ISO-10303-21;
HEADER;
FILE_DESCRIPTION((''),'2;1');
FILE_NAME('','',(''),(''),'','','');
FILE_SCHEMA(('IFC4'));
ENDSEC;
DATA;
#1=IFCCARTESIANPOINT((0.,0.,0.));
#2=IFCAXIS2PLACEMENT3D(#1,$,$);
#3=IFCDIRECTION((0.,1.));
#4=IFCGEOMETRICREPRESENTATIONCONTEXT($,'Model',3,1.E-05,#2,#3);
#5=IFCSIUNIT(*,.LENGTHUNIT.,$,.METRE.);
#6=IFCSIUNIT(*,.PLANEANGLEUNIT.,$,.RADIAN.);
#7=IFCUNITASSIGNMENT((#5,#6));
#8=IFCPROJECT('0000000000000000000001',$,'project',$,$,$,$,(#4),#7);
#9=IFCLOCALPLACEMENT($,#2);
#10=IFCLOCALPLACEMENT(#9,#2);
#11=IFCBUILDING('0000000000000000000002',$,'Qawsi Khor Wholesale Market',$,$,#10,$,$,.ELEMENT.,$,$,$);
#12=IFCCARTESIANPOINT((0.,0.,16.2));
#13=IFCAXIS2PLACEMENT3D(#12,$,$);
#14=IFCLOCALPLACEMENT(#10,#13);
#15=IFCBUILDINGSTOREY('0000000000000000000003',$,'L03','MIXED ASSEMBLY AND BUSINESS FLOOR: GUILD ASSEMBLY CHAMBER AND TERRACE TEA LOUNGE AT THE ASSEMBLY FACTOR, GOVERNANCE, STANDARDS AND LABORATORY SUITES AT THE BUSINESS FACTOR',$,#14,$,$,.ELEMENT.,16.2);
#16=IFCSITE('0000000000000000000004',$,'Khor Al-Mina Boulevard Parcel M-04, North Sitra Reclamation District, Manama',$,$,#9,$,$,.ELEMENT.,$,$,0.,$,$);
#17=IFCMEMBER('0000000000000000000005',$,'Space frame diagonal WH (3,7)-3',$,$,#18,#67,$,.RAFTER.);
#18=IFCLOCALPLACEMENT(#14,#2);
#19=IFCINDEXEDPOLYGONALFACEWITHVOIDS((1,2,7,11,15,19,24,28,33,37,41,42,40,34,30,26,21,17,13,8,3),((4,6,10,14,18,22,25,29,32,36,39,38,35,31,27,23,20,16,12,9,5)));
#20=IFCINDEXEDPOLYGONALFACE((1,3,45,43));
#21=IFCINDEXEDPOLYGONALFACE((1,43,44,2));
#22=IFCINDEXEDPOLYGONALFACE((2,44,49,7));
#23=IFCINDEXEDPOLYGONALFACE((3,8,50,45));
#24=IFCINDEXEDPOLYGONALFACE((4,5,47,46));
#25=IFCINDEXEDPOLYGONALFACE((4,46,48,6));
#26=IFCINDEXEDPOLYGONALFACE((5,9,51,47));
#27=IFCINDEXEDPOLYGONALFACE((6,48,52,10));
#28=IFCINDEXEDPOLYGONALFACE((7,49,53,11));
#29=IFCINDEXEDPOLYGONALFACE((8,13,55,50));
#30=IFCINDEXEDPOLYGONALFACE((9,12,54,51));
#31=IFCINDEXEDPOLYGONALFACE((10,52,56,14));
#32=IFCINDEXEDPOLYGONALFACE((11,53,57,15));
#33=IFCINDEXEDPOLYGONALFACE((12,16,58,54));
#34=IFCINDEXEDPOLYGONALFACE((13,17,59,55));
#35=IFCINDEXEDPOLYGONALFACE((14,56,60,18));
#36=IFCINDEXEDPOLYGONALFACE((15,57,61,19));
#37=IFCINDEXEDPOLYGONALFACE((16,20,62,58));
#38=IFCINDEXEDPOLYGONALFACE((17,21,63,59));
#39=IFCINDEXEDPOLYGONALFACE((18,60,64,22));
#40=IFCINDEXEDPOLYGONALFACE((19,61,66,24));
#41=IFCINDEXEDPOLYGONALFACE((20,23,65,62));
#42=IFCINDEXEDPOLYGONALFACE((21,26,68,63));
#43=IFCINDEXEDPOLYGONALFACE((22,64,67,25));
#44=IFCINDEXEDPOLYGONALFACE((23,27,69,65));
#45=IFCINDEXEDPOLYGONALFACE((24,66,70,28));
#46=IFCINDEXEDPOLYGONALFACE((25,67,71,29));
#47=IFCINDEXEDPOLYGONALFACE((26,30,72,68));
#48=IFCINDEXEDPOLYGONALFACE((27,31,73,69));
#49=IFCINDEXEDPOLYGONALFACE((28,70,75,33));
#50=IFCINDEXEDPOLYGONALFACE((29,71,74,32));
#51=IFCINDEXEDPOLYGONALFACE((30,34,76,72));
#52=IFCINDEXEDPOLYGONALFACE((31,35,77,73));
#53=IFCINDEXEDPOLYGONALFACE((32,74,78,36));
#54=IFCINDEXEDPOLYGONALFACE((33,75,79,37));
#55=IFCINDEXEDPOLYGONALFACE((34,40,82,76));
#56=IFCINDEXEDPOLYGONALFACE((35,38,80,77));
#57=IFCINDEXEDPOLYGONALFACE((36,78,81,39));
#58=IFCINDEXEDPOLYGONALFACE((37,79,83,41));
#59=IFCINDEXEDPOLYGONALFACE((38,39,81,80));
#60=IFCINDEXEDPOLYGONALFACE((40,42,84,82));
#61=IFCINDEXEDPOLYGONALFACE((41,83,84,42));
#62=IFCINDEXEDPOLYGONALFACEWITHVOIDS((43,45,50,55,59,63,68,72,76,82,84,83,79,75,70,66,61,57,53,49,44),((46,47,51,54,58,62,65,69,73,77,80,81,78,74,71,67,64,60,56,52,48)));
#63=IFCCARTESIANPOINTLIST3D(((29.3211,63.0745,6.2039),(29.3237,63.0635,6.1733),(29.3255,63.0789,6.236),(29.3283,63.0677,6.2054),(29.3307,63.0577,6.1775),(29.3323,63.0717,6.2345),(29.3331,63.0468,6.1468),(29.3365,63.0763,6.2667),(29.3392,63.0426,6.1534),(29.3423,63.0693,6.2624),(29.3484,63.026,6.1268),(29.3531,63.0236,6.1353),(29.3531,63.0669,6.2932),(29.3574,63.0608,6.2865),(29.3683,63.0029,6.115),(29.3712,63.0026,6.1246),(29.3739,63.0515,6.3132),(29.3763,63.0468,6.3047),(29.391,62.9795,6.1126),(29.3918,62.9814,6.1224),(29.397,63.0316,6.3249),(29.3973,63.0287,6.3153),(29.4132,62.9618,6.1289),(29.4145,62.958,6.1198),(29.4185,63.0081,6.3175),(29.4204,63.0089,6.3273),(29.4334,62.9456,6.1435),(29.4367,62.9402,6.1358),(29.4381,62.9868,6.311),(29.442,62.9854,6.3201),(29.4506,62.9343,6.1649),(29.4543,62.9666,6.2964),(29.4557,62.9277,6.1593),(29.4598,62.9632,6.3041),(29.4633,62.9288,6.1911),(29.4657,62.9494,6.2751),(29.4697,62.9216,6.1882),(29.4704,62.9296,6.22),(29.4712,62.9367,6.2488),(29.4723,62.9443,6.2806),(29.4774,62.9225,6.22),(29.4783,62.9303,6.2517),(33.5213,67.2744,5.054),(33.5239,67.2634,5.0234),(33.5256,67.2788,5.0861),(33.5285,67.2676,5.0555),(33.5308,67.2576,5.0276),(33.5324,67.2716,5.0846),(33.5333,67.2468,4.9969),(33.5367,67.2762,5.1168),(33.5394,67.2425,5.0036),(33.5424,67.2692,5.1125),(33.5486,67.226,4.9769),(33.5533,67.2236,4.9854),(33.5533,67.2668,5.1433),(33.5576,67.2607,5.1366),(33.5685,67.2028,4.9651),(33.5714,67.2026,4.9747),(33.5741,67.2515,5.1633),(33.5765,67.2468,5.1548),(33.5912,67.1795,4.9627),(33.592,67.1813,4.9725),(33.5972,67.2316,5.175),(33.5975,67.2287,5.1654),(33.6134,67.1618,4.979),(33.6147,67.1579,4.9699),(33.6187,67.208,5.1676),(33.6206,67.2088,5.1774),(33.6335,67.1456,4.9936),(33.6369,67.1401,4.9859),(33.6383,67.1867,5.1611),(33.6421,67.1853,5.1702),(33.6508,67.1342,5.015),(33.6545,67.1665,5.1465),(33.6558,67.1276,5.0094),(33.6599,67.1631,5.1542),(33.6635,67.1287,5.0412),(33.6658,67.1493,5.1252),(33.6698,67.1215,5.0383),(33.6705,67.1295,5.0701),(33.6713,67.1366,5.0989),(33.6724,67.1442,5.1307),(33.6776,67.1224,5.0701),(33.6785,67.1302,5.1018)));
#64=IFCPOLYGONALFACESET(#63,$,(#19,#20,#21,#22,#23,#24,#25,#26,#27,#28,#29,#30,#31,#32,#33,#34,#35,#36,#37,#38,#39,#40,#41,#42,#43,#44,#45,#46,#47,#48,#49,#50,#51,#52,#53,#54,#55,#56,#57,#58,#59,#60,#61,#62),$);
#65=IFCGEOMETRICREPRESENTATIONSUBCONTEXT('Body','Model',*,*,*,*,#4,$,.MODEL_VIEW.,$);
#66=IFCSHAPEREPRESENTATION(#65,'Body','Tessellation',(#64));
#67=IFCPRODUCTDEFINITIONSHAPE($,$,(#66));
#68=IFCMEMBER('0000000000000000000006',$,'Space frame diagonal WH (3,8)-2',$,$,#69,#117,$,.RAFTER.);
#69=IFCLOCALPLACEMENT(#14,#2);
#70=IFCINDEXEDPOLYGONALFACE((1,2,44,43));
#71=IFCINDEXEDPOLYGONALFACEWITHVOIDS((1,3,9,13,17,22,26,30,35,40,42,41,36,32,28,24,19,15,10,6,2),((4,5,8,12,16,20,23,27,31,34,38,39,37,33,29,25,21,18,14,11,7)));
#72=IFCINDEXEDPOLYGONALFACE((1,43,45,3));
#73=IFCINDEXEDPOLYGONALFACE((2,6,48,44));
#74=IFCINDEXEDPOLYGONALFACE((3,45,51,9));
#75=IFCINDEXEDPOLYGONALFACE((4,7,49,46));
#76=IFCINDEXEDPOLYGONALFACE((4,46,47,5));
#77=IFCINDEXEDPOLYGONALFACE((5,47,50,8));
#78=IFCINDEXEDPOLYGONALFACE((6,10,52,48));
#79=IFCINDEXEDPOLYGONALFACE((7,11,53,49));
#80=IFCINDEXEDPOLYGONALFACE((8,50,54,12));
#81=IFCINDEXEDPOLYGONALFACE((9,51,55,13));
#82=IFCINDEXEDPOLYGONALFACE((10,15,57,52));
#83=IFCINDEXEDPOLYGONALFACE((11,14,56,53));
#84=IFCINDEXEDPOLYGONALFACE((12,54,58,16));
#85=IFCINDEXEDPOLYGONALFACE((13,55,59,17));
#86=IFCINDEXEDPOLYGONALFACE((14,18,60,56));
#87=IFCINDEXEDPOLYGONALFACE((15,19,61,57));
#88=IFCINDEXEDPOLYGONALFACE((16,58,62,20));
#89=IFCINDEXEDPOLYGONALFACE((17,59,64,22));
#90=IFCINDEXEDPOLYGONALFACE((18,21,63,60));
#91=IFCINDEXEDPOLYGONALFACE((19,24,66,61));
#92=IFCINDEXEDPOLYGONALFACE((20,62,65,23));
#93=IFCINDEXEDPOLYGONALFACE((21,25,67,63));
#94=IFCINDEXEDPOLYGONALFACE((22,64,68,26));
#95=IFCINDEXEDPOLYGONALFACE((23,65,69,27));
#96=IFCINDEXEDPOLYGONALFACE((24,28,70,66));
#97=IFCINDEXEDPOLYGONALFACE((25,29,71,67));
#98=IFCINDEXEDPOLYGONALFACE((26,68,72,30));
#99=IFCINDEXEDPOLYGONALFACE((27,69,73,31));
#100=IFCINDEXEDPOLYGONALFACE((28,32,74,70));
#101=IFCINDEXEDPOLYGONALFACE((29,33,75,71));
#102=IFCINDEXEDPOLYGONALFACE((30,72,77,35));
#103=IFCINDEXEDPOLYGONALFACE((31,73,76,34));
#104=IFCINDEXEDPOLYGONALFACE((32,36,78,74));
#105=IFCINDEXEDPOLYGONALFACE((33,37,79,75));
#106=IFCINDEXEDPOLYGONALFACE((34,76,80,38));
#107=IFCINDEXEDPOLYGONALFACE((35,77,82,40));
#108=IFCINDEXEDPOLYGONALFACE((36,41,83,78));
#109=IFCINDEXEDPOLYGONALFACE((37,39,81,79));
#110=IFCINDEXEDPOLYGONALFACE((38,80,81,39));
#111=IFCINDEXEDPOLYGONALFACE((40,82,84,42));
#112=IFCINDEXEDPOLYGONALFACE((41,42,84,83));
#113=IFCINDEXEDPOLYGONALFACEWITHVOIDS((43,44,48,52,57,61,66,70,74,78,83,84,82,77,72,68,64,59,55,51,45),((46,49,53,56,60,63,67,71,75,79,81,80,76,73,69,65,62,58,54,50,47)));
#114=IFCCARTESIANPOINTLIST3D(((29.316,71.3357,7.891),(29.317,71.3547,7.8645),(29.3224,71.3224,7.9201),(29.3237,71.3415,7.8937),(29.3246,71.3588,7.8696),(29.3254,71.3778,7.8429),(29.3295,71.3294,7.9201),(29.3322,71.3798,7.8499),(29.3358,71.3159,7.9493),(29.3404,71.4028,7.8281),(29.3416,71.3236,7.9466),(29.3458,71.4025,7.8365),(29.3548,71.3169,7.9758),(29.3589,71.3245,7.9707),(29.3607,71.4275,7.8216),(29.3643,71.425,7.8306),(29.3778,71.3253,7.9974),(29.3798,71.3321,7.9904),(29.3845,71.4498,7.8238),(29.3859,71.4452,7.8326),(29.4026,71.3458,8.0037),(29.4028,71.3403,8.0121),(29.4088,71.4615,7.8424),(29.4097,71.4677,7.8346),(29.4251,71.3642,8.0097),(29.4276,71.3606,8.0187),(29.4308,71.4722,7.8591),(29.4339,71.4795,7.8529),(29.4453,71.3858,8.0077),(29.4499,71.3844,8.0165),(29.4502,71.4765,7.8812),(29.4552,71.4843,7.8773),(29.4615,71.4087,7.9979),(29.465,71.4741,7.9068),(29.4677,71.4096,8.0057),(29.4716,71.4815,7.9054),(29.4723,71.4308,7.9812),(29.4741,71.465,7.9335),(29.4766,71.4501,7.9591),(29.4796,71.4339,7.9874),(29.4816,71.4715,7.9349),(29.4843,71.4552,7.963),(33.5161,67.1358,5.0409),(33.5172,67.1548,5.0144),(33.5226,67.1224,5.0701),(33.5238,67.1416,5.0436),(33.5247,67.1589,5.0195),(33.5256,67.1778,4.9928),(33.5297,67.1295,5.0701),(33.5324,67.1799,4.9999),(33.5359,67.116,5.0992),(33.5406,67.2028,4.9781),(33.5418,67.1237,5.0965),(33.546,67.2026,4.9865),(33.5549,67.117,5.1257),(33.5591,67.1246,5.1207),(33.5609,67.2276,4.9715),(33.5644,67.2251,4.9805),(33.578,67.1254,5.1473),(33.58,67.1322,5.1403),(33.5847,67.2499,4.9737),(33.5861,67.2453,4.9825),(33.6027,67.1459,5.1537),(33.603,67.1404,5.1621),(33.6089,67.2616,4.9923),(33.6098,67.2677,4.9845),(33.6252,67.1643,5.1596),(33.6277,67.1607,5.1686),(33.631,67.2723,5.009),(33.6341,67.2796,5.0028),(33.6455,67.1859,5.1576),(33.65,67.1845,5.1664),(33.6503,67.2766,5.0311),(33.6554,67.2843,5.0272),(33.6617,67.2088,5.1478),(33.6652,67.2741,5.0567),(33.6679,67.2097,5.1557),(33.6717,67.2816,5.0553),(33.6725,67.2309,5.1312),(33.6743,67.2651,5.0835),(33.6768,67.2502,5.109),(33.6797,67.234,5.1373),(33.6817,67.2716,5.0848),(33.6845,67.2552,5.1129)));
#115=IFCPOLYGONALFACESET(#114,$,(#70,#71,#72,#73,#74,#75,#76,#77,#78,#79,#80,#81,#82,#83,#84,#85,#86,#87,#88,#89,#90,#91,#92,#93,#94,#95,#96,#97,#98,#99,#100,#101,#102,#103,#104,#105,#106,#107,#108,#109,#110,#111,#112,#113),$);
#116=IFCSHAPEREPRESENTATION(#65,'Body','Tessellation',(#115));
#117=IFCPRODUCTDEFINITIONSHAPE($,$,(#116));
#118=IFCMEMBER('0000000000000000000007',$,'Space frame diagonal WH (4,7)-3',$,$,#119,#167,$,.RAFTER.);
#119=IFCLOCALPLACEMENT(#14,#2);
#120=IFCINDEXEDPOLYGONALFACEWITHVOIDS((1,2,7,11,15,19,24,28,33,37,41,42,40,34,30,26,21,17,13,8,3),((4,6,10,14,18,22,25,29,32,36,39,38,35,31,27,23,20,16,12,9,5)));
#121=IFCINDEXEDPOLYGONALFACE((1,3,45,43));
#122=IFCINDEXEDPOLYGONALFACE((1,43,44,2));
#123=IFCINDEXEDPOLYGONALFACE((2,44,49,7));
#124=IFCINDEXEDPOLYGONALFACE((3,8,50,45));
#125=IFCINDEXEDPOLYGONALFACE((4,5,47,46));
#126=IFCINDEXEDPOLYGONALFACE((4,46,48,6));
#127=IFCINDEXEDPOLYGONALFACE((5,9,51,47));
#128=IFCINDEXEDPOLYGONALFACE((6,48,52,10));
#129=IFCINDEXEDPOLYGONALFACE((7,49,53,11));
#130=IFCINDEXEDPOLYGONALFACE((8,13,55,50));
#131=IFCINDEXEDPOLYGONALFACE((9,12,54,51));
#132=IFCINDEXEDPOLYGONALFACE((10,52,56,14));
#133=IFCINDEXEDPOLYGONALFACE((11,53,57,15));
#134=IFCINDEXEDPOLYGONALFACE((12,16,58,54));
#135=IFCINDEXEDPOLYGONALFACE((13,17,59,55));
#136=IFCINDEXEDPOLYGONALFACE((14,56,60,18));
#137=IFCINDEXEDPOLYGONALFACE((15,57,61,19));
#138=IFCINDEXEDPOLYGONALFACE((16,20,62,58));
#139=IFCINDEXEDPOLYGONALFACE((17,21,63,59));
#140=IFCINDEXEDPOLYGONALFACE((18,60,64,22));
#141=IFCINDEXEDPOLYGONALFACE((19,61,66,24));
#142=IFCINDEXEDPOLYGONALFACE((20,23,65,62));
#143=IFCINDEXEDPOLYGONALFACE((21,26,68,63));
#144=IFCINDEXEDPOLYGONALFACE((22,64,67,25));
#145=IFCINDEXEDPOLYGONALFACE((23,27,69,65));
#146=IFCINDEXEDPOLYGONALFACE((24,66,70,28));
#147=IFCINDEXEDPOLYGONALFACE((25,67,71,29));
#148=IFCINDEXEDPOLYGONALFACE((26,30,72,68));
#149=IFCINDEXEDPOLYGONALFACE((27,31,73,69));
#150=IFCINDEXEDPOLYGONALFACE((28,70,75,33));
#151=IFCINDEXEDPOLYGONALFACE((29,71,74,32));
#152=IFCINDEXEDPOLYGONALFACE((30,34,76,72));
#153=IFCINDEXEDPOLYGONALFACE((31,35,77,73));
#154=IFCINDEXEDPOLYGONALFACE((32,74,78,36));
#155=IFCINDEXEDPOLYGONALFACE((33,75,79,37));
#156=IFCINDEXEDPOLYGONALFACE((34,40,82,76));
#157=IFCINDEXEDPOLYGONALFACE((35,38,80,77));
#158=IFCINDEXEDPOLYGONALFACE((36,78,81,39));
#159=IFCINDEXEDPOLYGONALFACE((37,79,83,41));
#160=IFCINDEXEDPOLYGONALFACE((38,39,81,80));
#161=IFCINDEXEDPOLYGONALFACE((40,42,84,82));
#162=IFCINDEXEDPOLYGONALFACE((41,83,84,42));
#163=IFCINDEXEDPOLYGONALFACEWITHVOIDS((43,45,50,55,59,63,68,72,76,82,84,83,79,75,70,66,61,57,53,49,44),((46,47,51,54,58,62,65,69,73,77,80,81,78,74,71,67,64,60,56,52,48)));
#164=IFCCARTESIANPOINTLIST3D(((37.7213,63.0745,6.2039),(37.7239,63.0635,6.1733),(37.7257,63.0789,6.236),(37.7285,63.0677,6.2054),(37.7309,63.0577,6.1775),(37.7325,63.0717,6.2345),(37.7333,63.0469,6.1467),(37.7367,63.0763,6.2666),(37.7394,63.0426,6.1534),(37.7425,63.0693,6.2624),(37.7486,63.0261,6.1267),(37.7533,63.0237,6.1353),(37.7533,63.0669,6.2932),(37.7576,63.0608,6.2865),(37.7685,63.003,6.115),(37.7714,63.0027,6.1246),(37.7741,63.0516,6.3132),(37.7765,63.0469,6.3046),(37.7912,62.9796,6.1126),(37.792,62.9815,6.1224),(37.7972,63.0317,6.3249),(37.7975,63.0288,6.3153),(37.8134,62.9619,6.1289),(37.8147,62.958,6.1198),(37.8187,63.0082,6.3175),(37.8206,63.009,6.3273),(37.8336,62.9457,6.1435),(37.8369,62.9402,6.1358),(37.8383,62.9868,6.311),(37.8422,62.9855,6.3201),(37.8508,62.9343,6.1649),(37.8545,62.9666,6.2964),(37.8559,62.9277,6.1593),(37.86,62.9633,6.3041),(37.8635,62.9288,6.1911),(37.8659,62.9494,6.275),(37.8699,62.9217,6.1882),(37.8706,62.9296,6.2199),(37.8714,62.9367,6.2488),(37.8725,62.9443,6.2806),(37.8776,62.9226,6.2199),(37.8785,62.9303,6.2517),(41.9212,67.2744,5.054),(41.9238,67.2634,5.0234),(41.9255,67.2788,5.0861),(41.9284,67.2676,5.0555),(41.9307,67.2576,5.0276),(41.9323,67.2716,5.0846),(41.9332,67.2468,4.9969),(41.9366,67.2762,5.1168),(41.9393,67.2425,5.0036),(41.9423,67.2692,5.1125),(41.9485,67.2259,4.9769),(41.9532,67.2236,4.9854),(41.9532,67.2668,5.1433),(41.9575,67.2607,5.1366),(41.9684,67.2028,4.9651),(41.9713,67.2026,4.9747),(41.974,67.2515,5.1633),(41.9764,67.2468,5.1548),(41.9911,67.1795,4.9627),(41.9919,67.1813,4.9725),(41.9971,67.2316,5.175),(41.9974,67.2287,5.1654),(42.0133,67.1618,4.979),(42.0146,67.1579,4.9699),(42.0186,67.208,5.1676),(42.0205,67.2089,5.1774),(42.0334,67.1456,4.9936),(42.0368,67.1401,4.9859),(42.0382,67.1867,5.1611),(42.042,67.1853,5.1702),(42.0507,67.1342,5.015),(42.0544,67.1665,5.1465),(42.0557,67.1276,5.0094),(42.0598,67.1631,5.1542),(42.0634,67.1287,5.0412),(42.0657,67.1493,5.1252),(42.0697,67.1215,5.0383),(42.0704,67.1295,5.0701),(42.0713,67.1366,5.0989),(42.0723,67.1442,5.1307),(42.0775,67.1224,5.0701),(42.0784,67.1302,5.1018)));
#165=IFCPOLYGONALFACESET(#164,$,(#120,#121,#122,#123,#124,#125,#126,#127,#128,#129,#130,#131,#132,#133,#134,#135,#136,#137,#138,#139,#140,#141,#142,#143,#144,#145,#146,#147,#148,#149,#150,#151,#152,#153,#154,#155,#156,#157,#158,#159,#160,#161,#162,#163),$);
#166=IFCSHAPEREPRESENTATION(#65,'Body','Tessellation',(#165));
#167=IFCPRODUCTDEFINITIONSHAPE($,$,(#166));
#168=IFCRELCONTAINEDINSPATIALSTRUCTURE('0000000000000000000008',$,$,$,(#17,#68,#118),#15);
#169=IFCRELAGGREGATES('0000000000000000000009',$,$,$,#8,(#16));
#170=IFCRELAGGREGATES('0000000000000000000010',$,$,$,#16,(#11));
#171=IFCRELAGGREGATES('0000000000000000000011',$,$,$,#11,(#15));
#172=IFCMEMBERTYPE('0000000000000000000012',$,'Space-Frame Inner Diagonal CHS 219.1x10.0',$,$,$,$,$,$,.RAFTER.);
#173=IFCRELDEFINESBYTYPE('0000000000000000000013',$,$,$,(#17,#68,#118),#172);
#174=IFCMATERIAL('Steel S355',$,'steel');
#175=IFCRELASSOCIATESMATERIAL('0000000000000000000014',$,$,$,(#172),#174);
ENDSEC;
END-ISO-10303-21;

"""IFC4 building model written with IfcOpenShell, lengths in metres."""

from ifc_helpers import new_model, si_unit, direction, frame, origin, origin_2d, place, context, subcontext, project, spatial, hollow_circle, extrude, material, material_profile, profile_set, type_object, element, save


model = new_model("IFC4")

# Units and contexts
model_context = context("Model", 3, precision=1e-05, world=origin(), true_north=direction((0.0, 1.0)))
body_context = subcontext(model_context, "Body", "Model", "MODEL_VIEW")
ifc_project = project(units=[si_unit("LENGTHUNIT", "METRE"), si_unit("PLANEANGLEUNIT", "RADIAN")], contexts=[model_context])

# Site, building, storey
site_placement = place(None, origin())
site = spatial("IfcSite", under=ifc_project, at=site_placement, Name="Khor Al-Mina Boulevard Parcel M-04, North Sitra Reclamation District, Manama", CompositionType="ELEMENT", RefElevation=0.0)
building_placement = place(site_placement, origin())
building = spatial("IfcBuilding", under=site, at=building_placement, Name="Qawsi Khor Wholesale Market", CompositionType="ELEMENT")
storey_placement = place(building_placement, frame((0.0, 0.0, 16.2)))
storey = spatial("IfcBuildingStorey", under=building, at=storey_placement, Name="L03", Description="MIXED ASSEMBLY AND BUSINESS FLOOR: GUILD ASSEMBLY CHAMBER AND TERRACE TEA LOUNGE AT THE ASSEMBLY FACTOR, GOVERNANCE, STANDARDS AND LABORATORY SUITES AT THE BUSINESS FACTOR", CompositionType="ELEMENT", Elevation=16.2)

# Members
ifc_material_1 = material(Name="Steel S355", Category="steel")
ifc_material_profile_1 = material_profile(ifc_material_1, hollow_circle(Radius=0.1096, WallThickness=0.01, at=origin_2d()), Name="CHS 219.1x10.0")
ifc_profile_set_1 = profile_set([ifc_material_profile_1], Name="Steel S355")
member_type_1 = type_object("IfcMemberType", Name="Space-Frame Inner Diagonal CHS 219.1x10.0", PredefinedType="RAFTER", material=ifc_profile_set_1)
member_1_placement = place(storey_placement, frame((33.6001, 67.2, 5.0701), z_axis=(-0.694238, -0.694197, 0.190064), x_axis=(0.707086, -0.707127, 0.0)))
element("IfcMember", 1, at=member_1_placement, inside=storey, type_object=member_type_1, Name="Space frame diagonal WH (3,7)-3", PredefinedType="RAFTER", context=body_context, shape_type="SweptSolid", body=[
    extrude(hollow_circle(Radius=0.1096, WallThickness=0.01, at=origin_2d()), origin(), (0.0, 0.0, 1.0), 6.05),
])
member_2_placement = place(storey_placement, frame((33.6001, 67.2, 5.0701), z_axis=(-0.637534, 0.637497, 0.432607), x_axis=(-0.707086, -0.707127, 0.0)))
element("IfcMember", 2, at=member_2_placement, inside=storey, type_object=member_type_1, Name="Space frame diagonal WH (3,8)-2", PredefinedType="RAFTER", context=body_context, shape_type="SweptSolid", body=[
    extrude(hollow_circle(Radius=0.1096, WallThickness=0.01, at=origin_2d()), origin(), (0.0, 0.0, 1.0), 6.5881),
])
for number, where, z_axis, x_axis, name in (
    (3, (42.0, 67.2, 5.0701), (-0.694217, -0.694217, 0.190069), (0.707107, -0.707107, 0.0), "Space frame diagonal WH (4,7)-3"),
):
    element("IfcMember", number, at=place(storey_placement, frame(where, z_axis=z_axis, x_axis=x_axis)), inside=storey, type_object=member_type_1, Name=name, PredefinedType="RAFTER", context=body_context, shape_type="SweptSolid", body=[
        extrude(hollow_circle(Radius=0.1096, WallThickness=0.01, at=origin_2d()), origin(), (0.0, 0.0, 1.0), 6.0498),
    ])

save(model, "model.ifc")
